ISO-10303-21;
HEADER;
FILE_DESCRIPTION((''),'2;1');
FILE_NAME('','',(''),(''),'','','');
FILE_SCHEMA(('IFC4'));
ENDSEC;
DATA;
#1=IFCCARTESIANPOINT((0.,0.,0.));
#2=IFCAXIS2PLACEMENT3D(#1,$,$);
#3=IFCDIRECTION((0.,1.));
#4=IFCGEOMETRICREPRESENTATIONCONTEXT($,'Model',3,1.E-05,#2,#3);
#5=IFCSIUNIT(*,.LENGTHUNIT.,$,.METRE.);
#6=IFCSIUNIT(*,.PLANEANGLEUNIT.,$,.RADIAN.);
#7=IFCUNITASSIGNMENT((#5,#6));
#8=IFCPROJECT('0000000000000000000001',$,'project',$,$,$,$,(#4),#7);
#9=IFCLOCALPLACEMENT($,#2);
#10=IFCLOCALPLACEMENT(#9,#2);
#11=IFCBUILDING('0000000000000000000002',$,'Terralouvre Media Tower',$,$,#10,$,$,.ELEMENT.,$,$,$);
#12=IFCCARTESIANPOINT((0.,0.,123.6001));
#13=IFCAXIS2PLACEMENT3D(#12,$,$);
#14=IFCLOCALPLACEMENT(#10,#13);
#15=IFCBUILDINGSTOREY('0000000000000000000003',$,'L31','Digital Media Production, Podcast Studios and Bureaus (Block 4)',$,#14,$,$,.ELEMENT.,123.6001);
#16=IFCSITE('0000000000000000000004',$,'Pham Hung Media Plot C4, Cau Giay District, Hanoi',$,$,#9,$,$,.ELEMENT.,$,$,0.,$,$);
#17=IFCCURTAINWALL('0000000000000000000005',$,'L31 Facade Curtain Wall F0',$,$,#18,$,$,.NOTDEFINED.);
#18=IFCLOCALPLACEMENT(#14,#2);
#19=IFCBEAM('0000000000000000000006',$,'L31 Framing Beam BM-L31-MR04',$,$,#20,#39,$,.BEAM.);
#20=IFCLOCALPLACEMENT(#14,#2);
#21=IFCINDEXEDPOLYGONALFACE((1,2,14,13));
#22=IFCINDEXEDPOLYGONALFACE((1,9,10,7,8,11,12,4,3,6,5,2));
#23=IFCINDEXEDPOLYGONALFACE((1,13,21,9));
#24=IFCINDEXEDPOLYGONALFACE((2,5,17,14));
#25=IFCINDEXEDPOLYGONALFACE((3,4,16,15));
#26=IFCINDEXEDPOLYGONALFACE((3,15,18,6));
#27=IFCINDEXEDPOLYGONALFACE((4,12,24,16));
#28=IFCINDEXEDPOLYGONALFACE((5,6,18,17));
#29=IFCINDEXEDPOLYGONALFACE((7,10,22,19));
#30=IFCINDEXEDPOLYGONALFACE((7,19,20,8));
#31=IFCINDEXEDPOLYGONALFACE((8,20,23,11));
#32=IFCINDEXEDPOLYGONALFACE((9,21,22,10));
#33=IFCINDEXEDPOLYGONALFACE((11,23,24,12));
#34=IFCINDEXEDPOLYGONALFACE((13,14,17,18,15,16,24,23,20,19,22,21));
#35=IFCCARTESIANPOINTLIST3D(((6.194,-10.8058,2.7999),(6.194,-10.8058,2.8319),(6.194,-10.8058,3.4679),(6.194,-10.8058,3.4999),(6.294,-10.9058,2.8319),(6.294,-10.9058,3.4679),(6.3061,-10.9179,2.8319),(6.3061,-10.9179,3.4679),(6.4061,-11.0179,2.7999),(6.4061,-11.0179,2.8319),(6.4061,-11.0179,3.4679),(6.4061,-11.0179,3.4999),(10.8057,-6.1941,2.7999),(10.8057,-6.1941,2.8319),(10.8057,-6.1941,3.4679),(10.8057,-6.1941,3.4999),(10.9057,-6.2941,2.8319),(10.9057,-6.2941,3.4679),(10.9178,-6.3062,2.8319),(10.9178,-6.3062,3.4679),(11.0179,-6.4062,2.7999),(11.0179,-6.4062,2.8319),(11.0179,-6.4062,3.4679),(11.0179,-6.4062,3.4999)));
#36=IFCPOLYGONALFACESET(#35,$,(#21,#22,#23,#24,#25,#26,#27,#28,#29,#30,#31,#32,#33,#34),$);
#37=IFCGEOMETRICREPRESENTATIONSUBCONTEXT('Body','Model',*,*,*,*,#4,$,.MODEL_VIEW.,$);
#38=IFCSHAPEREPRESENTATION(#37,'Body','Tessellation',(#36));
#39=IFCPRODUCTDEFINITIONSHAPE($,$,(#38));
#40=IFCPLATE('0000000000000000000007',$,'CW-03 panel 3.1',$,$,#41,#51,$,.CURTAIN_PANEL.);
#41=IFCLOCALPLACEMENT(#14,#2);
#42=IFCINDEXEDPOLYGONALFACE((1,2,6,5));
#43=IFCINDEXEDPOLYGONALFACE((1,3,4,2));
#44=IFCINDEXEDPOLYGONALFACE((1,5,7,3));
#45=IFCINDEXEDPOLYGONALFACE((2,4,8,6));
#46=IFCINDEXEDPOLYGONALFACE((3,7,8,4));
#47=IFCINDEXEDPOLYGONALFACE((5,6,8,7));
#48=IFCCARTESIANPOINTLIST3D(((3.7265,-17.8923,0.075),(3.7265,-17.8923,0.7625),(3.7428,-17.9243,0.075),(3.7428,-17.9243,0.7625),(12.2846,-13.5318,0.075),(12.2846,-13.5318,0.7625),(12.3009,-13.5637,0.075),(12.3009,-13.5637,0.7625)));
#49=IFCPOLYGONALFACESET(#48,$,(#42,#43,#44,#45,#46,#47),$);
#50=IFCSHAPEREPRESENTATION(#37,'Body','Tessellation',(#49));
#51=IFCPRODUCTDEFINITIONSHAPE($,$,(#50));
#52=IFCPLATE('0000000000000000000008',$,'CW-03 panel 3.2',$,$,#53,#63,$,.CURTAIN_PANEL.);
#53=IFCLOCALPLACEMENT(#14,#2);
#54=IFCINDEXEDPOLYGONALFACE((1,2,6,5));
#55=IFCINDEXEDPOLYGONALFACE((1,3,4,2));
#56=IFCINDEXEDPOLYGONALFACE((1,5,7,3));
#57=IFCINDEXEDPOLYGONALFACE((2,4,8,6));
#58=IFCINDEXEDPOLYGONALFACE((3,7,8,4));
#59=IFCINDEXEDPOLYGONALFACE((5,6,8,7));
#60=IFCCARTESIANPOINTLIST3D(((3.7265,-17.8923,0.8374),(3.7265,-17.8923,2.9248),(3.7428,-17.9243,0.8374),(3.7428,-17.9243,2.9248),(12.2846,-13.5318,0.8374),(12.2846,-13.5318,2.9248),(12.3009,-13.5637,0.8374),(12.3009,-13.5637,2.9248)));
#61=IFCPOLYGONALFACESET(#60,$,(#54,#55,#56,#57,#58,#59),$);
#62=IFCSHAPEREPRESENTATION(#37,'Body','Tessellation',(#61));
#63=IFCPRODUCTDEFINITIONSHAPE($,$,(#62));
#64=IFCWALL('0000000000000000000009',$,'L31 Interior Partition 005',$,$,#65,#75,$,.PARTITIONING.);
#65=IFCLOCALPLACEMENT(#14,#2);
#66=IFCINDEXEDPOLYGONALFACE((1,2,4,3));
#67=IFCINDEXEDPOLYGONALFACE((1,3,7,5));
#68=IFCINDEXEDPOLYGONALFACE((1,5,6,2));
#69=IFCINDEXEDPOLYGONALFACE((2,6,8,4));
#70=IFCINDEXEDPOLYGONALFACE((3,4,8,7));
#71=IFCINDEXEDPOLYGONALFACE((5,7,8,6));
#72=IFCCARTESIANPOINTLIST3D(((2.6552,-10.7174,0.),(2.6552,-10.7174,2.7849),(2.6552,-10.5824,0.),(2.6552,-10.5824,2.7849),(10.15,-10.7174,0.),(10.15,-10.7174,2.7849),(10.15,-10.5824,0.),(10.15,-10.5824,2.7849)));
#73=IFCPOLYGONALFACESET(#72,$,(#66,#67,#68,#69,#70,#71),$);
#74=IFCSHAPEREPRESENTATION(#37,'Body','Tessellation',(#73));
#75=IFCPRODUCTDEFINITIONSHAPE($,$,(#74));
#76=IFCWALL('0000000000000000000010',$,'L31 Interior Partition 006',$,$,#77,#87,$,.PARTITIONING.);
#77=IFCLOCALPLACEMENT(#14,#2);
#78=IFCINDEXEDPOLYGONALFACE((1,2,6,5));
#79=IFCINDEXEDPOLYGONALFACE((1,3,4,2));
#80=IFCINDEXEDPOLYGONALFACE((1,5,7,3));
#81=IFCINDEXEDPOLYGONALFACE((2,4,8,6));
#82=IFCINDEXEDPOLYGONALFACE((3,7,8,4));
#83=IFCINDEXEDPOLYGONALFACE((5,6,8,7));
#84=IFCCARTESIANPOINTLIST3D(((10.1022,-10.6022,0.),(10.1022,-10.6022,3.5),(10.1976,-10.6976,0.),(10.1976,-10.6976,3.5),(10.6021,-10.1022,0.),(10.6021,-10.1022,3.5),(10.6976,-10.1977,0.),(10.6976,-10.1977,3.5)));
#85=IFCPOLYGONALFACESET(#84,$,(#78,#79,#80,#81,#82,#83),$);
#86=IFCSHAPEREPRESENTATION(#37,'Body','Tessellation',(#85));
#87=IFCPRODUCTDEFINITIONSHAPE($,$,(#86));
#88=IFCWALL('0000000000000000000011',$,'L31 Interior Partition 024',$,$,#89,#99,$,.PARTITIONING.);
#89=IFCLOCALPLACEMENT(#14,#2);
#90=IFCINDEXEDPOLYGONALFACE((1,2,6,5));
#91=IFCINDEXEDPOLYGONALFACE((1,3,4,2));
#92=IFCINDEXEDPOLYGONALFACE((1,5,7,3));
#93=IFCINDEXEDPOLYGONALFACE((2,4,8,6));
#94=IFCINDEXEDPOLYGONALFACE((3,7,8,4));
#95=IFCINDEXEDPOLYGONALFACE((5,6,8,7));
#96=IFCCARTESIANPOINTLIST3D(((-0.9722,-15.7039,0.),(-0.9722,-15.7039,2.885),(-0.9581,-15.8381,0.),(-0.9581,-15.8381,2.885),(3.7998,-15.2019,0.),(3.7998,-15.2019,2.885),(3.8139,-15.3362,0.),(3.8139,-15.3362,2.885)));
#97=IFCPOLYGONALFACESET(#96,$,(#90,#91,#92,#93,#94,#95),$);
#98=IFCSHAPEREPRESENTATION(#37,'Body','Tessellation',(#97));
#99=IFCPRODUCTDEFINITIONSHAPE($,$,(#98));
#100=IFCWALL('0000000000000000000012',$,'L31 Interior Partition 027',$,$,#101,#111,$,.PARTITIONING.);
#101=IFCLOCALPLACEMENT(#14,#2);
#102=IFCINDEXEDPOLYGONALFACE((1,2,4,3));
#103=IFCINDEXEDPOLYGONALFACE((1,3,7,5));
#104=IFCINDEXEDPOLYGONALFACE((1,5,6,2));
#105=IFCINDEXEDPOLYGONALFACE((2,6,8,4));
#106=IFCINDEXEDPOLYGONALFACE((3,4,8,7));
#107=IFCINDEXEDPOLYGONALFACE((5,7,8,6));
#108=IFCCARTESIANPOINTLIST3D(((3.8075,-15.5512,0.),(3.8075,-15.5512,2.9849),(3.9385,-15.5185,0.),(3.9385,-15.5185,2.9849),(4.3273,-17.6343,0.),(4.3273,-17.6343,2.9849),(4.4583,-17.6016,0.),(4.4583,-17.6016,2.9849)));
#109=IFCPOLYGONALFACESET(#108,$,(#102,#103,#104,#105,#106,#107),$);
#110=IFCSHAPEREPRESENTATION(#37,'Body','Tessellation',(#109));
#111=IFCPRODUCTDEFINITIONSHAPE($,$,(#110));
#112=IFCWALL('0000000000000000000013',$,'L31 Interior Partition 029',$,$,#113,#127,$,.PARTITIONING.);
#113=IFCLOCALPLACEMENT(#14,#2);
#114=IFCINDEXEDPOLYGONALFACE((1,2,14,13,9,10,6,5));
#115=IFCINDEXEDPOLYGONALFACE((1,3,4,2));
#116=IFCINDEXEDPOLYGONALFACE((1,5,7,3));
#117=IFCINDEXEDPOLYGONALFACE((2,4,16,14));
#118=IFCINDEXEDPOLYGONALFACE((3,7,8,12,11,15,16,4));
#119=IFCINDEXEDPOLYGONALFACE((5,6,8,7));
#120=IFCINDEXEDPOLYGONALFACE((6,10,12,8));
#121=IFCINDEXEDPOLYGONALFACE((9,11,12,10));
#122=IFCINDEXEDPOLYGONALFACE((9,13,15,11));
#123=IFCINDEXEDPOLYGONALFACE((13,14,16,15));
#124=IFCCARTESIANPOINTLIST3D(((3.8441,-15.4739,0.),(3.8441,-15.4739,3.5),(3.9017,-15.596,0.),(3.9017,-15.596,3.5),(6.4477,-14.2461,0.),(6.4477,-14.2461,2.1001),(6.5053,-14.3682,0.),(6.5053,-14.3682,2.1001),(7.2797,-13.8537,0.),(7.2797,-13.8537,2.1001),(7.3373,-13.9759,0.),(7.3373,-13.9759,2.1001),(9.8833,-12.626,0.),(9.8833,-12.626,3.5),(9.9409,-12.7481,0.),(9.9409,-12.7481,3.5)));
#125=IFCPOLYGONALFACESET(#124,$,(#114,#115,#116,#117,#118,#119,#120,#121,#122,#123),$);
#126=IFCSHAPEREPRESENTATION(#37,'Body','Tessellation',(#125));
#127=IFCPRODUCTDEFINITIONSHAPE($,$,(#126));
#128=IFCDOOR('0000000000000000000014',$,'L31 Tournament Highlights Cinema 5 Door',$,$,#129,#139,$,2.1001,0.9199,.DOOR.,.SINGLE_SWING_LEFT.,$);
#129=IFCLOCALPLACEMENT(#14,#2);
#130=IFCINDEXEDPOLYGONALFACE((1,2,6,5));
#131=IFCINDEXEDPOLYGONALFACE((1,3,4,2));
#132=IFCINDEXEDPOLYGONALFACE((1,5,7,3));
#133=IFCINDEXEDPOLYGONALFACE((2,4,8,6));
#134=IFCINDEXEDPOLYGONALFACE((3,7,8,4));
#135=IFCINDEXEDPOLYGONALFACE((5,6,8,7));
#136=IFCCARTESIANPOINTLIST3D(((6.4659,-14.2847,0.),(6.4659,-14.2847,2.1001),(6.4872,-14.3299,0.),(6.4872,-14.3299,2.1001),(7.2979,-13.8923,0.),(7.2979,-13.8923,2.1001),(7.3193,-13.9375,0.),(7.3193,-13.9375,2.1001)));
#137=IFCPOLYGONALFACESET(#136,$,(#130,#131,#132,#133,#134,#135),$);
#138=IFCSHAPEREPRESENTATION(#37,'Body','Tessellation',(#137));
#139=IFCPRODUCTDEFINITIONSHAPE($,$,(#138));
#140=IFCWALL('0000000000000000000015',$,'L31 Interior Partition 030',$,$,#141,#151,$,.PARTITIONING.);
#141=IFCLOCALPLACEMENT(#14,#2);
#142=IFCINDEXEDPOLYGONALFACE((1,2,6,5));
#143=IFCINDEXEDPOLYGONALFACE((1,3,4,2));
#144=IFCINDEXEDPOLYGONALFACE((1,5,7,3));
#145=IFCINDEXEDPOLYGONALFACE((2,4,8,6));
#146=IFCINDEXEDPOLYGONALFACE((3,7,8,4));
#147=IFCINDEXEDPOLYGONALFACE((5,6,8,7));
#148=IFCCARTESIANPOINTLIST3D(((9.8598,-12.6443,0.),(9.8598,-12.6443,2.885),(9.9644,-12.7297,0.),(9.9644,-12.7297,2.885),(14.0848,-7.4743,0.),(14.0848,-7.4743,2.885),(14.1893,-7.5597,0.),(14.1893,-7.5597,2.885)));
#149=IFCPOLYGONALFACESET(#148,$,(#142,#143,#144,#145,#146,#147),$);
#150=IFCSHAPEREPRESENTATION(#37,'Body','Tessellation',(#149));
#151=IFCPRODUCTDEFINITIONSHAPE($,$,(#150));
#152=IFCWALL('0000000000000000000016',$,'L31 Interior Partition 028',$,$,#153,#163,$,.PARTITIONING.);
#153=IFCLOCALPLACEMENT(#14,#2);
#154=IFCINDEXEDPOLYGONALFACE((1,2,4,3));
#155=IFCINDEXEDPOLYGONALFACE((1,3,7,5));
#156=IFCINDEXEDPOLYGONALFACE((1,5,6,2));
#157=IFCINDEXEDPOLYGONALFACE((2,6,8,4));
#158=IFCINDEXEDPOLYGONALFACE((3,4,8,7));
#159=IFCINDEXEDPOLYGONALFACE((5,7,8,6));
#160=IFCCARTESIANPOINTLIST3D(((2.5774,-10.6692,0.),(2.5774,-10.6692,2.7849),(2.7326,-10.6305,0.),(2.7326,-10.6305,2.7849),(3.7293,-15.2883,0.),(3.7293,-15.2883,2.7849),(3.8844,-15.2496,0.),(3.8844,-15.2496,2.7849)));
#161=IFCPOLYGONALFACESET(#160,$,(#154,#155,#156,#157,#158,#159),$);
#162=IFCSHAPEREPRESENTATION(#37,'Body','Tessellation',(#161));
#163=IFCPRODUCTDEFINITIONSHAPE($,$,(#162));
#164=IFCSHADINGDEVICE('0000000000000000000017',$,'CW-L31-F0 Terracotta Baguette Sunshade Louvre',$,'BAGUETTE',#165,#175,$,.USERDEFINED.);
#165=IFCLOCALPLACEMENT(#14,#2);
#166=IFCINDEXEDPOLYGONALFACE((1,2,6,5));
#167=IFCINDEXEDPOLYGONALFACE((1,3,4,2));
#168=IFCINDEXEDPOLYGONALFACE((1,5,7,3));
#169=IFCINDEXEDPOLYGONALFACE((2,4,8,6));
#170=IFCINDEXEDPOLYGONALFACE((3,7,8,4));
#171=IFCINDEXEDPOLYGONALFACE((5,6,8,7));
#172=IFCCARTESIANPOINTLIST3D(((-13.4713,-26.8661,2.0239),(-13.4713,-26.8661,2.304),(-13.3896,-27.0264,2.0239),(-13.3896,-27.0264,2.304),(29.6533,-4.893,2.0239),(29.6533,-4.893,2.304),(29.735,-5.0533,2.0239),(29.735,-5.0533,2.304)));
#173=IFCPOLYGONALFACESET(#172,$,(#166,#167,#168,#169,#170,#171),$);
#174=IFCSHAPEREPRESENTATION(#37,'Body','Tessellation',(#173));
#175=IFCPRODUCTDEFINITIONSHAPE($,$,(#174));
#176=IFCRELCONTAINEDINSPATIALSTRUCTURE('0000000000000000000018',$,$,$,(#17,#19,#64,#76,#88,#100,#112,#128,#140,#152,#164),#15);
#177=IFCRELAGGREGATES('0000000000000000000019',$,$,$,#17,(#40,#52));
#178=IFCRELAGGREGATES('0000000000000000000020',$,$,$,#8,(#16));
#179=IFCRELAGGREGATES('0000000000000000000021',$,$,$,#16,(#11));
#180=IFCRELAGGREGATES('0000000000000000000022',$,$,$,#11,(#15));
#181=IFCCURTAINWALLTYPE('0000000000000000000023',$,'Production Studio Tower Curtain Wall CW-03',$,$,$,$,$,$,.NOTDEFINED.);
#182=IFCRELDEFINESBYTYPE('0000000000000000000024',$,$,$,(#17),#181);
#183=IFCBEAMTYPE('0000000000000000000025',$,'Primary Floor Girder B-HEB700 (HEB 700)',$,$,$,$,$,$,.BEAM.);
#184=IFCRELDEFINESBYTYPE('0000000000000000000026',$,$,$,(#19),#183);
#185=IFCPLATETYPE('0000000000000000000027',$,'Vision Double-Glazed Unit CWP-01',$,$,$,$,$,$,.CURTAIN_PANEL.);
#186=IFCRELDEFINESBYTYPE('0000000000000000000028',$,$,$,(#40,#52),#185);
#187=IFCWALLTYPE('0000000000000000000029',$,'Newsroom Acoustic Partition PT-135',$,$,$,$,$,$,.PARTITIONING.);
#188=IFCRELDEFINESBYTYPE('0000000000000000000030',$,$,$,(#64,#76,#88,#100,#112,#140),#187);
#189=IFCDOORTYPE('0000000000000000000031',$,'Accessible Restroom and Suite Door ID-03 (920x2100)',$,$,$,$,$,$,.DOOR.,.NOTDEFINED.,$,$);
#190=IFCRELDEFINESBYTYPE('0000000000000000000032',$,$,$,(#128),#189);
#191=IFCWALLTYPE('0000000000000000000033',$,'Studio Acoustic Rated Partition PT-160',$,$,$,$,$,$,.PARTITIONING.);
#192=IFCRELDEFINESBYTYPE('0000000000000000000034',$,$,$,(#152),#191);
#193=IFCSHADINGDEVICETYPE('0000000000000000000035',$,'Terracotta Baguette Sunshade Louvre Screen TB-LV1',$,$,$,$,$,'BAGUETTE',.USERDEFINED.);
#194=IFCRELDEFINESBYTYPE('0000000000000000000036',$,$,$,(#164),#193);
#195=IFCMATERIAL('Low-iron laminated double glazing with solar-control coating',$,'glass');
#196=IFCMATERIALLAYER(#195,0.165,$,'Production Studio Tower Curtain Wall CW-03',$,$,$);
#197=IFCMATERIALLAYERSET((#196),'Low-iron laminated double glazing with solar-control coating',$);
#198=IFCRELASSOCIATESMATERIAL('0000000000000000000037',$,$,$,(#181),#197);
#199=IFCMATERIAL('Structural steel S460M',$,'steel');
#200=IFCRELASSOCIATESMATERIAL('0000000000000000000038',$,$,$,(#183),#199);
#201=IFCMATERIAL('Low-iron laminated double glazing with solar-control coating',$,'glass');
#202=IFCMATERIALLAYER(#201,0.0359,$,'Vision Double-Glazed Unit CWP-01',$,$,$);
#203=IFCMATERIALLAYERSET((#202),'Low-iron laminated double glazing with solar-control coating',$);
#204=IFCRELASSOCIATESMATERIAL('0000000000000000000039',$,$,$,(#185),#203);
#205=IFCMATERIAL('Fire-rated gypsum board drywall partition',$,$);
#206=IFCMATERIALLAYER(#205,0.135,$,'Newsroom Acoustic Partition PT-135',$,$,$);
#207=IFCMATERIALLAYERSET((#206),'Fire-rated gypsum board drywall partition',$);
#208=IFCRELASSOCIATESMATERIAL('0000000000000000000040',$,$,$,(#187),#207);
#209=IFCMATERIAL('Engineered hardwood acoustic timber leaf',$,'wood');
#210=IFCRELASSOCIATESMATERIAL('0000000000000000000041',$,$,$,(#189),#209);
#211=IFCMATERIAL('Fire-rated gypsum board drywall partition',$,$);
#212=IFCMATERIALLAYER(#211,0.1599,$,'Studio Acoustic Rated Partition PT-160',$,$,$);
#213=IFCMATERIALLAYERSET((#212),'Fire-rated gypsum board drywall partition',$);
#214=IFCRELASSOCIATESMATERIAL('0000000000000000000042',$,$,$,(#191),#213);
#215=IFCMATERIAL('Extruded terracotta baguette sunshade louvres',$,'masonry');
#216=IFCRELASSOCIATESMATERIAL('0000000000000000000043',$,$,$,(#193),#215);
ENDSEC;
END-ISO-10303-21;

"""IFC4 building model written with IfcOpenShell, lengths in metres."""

from ifc_helpers import new_model, si_unit, direction, frame, frame_2d, origin, origin_2d, place, context, subcontext, project, spatial, rectangle, i_section, extrude, material, layer, layer_set, material_profile, profile_set, type_object, element, fill, aggregate, save


model = new_model("IFC4")

# Units and contexts
model_context = context("Model", 3, precision=1e-05, world=origin(), true_north=direction((0.0, 1.0)))
body_context = subcontext(model_context, "Body", "Model", "MODEL_VIEW")
ifc_project = project(units=[si_unit("LENGTHUNIT", "METRE"), si_unit("PLANEANGLEUNIT", "RADIAN")], contexts=[model_context])

# Site, building, storey
site_placement = place(None, origin())
site = spatial("IfcSite", under=ifc_project, at=site_placement, Name="Pham Hung Media Plot C4, Cau Giay District, Hanoi", CompositionType="ELEMENT", RefElevation=0.0)
building_placement = place(site_placement, origin())
building = spatial("IfcBuilding", under=site, at=building_placement, Name="Terralouvre Media Tower", CompositionType="ELEMENT")
storey_placement = place(building_placement, frame((0.0, 0.0, 123.6001)))
storey = spatial("IfcBuildingStorey", under=building, at=storey_placement, Name="L31", Description="Digital Media Production, Podcast Studios and Bureaus (Block 4)", CompositionType="ELEMENT", Elevation=123.6001)

# Curtain wall
ifc_material_1 = material(Name="Low-iron laminated double glazing with solar-control coating", Category="glass")
ifc_layer_1 = layer(ifc_material_1, 0.165, Name="Production Studio Tower Curtain Wall CW-03")
ifc_layer_set_1 = layer_set([ifc_layer_1], Name="Low-iron laminated double glazing with solar-control coating")
curtain_wall_type = type_object("IfcCurtainWallType", Name="Production Studio Tower Curtain Wall CW-03", PredefinedType="NOTDEFINED", material=ifc_layer_set_1)
curtain_wall_placement = place(storey_placement, origin())
curtain_wall = element("IfcCurtainWall", 1, at=curtain_wall_placement, inside=storey, type_object=curtain_wall_type, Name="L31 Facade Curtain Wall F0", PredefinedType="NOTDEFINED")

# Beam
ifc_material_2 = material(Name="Structural steel S460M", Category="steel")
ifc_material_profile_1 = material_profile(ifc_material_2, i_section(OverallWidth=0.3, OverallDepth=0.7, WebThickness=0.0171, FlangeThickness=0.032, at=origin_2d()), Name="HEB 700")
ifc_profile_set_1 = profile_set([ifc_material_profile_1], Name="Structural steel S460M")
beam_type_1 = type_object("IfcBeamType", Name="Primary Floor Girder B-HEB700 (HEB 700)", PredefinedType="BEAM", material=ifc_profile_set_1)
beam_1_placement = place(storey_placement, frame((6.3, -10.9119, 3.1499), z_axis=(0.707107, 0.707107, 0.0), x_axis=(-0.707107, 0.707107, 0.0)))
element("IfcBeam", 2, at=beam_1_placement, inside=storey, type_object=beam_type_1, Name="L31 Framing Beam BM-L31-MR04", PredefinedType="BEAM", context=body_context, shape_type="SweptSolid", body=[
    extrude(i_section(OverallWidth=0.3, OverallDepth=0.7, WebThickness=0.0171, FlangeThickness=0.032, at=origin_2d()), origin(), (0.0, 0.0, 1.0), 6.522),
])

# Plates
ifc_material_3 = material(Name="Low-iron laminated double glazing with solar-control coating", Category="glass")
ifc_layer_2 = layer(ifc_material_3, 0.0359, Name="Vision Double-Glazed Unit CWP-01")
ifc_layer_set_2 = layer_set([ifc_layer_2], Name="Low-iron laminated double glazing with solar-control coating")
plate_type = type_object("IfcPlateType", Name="Vision Double-Glazed Unit CWP-01", PredefinedType="CURTAIN_PANEL", material=ifc_layer_set_2)
plate_1_placement = place(storey_placement, frame((8.0137, -15.728, 0.075), z_axis=(0.0, 0.0, 1.0), x_axis=(0.891007, 0.453991, 0.0)))
plate_1 = element("IfcPlate", 3, at=plate_1_placement, type_object=plate_type, Name="CW-03 panel 3.1", PredefinedType="CURTAIN_PANEL", context=body_context, shape_type="SweptSolid", body=[
    extrude(rectangle(XDim=9.605, YDim=0.0359, at=origin_2d()), origin(), (0.0, 0.0, 1.0), 0.6875),
])
plate_2_placement = place(storey_placement, frame((8.0137, -15.728, 0.8374), z_axis=(0.0, 0.0, 1.0), x_axis=(0.891007, 0.453991, 0.0)))
plate_2 = element("IfcPlate", 4, at=plate_2_placement, type_object=plate_type, Name="CW-03 panel 3.2", PredefinedType="CURTAIN_PANEL", context=body_context, shape_type="SweptSolid", body=[
    extrude(rectangle(XDim=9.605, YDim=0.0359, at=origin_2d()), origin(), (0.0, 0.0, 1.0), 2.0874),
])
aggregate(curtain_wall, [plate_1, plate_2])

# Walls
ifc_material_4 = material(Name="Fire-rated gypsum board drywall partition")
ifc_layer_3 = layer(ifc_material_4, 0.135, Name="Newsroom Acoustic Partition PT-135")
ifc_layer_set_3 = layer_set([ifc_layer_3], Name="Fire-rated gypsum board drywall partition")
wall_type_1 = type_object("IfcWallType", Name="Newsroom Acoustic Partition PT-135", PredefinedType="PARTITIONING", material=ifc_layer_set_3)
wall_1_placement = place(storey_placement, frame((2.655, -10.6499, 0.0), z_axis=(0.0, 0.0, 1.0), x_axis=(1.0, 0.0, 0.0)))
element("IfcWall", 5, at=wall_1_placement, inside=storey, type_object=wall_type_1, Name="L31 Interior Partition 005", PredefinedType="PARTITIONING", context=body_context, shape_type="SweptSolid", body=[
    extrude(rectangle(XDim=7.4949, YDim=0.135, at=frame_2d((3.7476, 0.0))), origin(), (0.0, 0.0, 1.0), 2.7849),
])
wall_2_placement = place(storey_placement, frame((10.1499, -10.6499, 0.0), z_axis=(0.0, 0.0, 1.0), x_axis=(0.707107, 0.707107, 0.0)))
element("IfcWall", 6, at=wall_2_placement, inside=storey, type_object=wall_type_1, Name="L31 Interior Partition 006", PredefinedType="PARTITIONING", context=body_context, shape_type="SweptSolid", body=[
    extrude(rectangle(XDim=0.707, YDim=0.135, at=frame_2d((0.3535, 0.0))), origin(), (0.0, 0.0, 1.0), 3.5),
])
wall_3_placement = place(storey_placement, frame((3.8069, -15.269, 0.0), z_axis=(0.0, 0.0, 1.0), x_axis=(-0.994513, -0.104611, 0.0)))
element("IfcWall", 7, at=wall_3_placement, inside=storey, type_object=wall_type_1, Name="L31 Interior Partition 024", PredefinedType="PARTITIONING", context=body_context, shape_type="SweptSolid", body=[
    extrude(rectangle(XDim=4.7983, YDim=0.135, at=frame_2d((2.3992, 0.0))), origin(), (0.0, 0.0, 1.0), 2.885),
])
wall_4_placement = place(storey_placement, frame((4.3928, -17.6179, 0.0), z_axis=(0.0, 0.0, 1.0), x_axis=(-0.242107, 0.970249, 0.0)))
element("IfcWall", 8, at=wall_4_placement, inside=storey, type_object=wall_type_1, Name="L31 Interior Partition 027", PredefinedType="PARTITIONING", context=body_context, shape_type="SweptSolid", body=[
    extrude(rectangle(XDim=2.147, YDim=0.135, at=frame_2d((1.0735, 0.0))), origin(), (0.0, 0.0, 1.0), 2.9849),
])

# Wall, opening, door
wall_5_placement = place(storey_placement, frame((3.873, -15.5349, 0.0), z_axis=(0.0, 0.0, 1.0), x_axis=(0.904473, 0.426531, 0.0)))
wall_5 = element("IfcWall", 9, at=wall_5_placement, inside=storey, type_object=wall_type_1, Name="L31 Interior Partition 029", PredefinedType="PARTITIONING", context=body_context, shape_type="SweptSolid", body=[
    extrude(rectangle(XDim=6.677, YDim=0.135, at=frame_2d((3.3384, 0.0))), origin(), (0.0, 0.0, 1.0), 3.5),
])
opening_placement = place(wall_5_placement, frame((2.8784, 0.0, 0.0)))
opening = element("IfcOpeningElement", 10, at=opening_placement, cuts=wall_5, PredefinedType="OPENING", context=body_context, shape_type="SweptSolid", body=[
    extrude(rectangle(XDim=0.9199, YDim=2.1001, at=frame_2d((0.46, 1.05))), frame((0.0, 0.0774, 0.0), z_axis=(0.0, -1.0, 0.0), x_axis=(1.0, 0.0, 0.0)), (0.0, 0.0, 1.0), 0.155),
])
ifc_material_5 = material(Name="Engineered hardwood acoustic timber leaf", Category="wood")
door_type = type_object("IfcDoorType", Name="Accessible Restroom and Suite Door ID-03 (920x2100)", OperationType="NOTDEFINED", PredefinedType="DOOR", material=ifc_material_5)
door_placement = place(opening_placement, origin())
door = element("IfcDoor", 11, at=door_placement, inside=storey, type_object=door_type, Name="L31 Tournament Highlights Cinema 5 Door", OperationType="SINGLE_SWING_LEFT", OverallHeight=2.1001, OverallWidth=0.9199, PredefinedType="DOOR", context=body_context, shape_type="SweptSolid", body=[
    extrude(rectangle(XDim=0.9199, YDim=2.1001, at=frame_2d((0.46, 1.05))), frame((0.0, 0.0249, 0.0), z_axis=(0.0, -1.0, 0.0), x_axis=(1.0, 0.0, 0.0)), (0.0, 0.0, 1.0), 0.05),
])
fill(opening, door)

# Walls
wall_6_placement = place(storey_placement, frame((9.9121, -12.687, 0.0), z_axis=(0.0, 0.0, 1.0), x_axis=(0.632782, 0.77433, 0.0)))
element("IfcWall", 12, at=wall_6_placement, inside=storey, type_object=wall_type_1, Name="L31 Interior Partition 030", PredefinedType="PARTITIONING", context=body_context, shape_type="SweptSolid", body=[
    extrude(rectangle(XDim=6.6768, YDim=0.135, at=frame_2d((3.3384, 0.0))), origin(), (0.0, 0.0, 1.0), 2.885),
])
ifc_material_6 = material(Name="Fire-rated gypsum board drywall partition")
ifc_layer_4 = layer(ifc_material_6, 0.1599, Name="Studio Acoustic Rated Partition PT-160")
ifc_layer_set_4 = layer_set([ifc_layer_4], Name="Fire-rated gypsum board drywall partition")
wall_type_2 = type_object("IfcWallType", Name="Studio Acoustic Rated Partition PT-160", PredefinedType="PARTITIONING", material=ifc_layer_set_4)
wall_7_placement = place(storey_placement, frame((3.8069, -15.269, 0.0), z_axis=(0.0, 0.0, 1.0), x_axis=(-0.241956, 0.970287, 0.0)))
element("IfcWall", 13, at=wall_7_placement, inside=storey, type_object=wall_type_2, Name="L31 Interior Partition 028", PredefinedType="PARTITIONING", context=body_context, shape_type="SweptSolid", body=[
    extrude(rectangle(XDim=4.7605, YDim=0.1599, at=frame_2d((2.3804, 0.0))), origin(), (0.0, 0.0, 1.0), 2.7849),
])

# Shading device
ifc_material_7 = material(Name="Extruded terracotta baguette sunshade louvres", Category="masonry")
shading_device_type = type_object("IfcShadingDeviceType", Name="Terracotta Baguette Sunshade Louvre Screen TB-LV1", ElementType="BAGUETTE", PredefinedType="USERDEFINED", material=ifc_material_7)
shading_device_placement = place(storey_placement, frame((8.1318, -15.9597, 2.0239), z_axis=(0.0, 0.0, 1.0), x_axis=(0.891007, 0.453991, 0.0)))
element("IfcShadingDevice", 14, at=shading_device_placement, inside=storey, type_object=shading_device_type, Name="CW-L31-F0 Terracotta Baguette Sunshade Louvre", ObjectType="BAGUETTE", PredefinedType="USERDEFINED", context=body_context, shape_type="SweptSolid", body=[
    extrude(rectangle(XDim=48.3999, YDim=0.1799, at=origin_2d()), origin(), (0.0, 0.0, 1.0), 0.28),
])

save(model, "model.ifc")
